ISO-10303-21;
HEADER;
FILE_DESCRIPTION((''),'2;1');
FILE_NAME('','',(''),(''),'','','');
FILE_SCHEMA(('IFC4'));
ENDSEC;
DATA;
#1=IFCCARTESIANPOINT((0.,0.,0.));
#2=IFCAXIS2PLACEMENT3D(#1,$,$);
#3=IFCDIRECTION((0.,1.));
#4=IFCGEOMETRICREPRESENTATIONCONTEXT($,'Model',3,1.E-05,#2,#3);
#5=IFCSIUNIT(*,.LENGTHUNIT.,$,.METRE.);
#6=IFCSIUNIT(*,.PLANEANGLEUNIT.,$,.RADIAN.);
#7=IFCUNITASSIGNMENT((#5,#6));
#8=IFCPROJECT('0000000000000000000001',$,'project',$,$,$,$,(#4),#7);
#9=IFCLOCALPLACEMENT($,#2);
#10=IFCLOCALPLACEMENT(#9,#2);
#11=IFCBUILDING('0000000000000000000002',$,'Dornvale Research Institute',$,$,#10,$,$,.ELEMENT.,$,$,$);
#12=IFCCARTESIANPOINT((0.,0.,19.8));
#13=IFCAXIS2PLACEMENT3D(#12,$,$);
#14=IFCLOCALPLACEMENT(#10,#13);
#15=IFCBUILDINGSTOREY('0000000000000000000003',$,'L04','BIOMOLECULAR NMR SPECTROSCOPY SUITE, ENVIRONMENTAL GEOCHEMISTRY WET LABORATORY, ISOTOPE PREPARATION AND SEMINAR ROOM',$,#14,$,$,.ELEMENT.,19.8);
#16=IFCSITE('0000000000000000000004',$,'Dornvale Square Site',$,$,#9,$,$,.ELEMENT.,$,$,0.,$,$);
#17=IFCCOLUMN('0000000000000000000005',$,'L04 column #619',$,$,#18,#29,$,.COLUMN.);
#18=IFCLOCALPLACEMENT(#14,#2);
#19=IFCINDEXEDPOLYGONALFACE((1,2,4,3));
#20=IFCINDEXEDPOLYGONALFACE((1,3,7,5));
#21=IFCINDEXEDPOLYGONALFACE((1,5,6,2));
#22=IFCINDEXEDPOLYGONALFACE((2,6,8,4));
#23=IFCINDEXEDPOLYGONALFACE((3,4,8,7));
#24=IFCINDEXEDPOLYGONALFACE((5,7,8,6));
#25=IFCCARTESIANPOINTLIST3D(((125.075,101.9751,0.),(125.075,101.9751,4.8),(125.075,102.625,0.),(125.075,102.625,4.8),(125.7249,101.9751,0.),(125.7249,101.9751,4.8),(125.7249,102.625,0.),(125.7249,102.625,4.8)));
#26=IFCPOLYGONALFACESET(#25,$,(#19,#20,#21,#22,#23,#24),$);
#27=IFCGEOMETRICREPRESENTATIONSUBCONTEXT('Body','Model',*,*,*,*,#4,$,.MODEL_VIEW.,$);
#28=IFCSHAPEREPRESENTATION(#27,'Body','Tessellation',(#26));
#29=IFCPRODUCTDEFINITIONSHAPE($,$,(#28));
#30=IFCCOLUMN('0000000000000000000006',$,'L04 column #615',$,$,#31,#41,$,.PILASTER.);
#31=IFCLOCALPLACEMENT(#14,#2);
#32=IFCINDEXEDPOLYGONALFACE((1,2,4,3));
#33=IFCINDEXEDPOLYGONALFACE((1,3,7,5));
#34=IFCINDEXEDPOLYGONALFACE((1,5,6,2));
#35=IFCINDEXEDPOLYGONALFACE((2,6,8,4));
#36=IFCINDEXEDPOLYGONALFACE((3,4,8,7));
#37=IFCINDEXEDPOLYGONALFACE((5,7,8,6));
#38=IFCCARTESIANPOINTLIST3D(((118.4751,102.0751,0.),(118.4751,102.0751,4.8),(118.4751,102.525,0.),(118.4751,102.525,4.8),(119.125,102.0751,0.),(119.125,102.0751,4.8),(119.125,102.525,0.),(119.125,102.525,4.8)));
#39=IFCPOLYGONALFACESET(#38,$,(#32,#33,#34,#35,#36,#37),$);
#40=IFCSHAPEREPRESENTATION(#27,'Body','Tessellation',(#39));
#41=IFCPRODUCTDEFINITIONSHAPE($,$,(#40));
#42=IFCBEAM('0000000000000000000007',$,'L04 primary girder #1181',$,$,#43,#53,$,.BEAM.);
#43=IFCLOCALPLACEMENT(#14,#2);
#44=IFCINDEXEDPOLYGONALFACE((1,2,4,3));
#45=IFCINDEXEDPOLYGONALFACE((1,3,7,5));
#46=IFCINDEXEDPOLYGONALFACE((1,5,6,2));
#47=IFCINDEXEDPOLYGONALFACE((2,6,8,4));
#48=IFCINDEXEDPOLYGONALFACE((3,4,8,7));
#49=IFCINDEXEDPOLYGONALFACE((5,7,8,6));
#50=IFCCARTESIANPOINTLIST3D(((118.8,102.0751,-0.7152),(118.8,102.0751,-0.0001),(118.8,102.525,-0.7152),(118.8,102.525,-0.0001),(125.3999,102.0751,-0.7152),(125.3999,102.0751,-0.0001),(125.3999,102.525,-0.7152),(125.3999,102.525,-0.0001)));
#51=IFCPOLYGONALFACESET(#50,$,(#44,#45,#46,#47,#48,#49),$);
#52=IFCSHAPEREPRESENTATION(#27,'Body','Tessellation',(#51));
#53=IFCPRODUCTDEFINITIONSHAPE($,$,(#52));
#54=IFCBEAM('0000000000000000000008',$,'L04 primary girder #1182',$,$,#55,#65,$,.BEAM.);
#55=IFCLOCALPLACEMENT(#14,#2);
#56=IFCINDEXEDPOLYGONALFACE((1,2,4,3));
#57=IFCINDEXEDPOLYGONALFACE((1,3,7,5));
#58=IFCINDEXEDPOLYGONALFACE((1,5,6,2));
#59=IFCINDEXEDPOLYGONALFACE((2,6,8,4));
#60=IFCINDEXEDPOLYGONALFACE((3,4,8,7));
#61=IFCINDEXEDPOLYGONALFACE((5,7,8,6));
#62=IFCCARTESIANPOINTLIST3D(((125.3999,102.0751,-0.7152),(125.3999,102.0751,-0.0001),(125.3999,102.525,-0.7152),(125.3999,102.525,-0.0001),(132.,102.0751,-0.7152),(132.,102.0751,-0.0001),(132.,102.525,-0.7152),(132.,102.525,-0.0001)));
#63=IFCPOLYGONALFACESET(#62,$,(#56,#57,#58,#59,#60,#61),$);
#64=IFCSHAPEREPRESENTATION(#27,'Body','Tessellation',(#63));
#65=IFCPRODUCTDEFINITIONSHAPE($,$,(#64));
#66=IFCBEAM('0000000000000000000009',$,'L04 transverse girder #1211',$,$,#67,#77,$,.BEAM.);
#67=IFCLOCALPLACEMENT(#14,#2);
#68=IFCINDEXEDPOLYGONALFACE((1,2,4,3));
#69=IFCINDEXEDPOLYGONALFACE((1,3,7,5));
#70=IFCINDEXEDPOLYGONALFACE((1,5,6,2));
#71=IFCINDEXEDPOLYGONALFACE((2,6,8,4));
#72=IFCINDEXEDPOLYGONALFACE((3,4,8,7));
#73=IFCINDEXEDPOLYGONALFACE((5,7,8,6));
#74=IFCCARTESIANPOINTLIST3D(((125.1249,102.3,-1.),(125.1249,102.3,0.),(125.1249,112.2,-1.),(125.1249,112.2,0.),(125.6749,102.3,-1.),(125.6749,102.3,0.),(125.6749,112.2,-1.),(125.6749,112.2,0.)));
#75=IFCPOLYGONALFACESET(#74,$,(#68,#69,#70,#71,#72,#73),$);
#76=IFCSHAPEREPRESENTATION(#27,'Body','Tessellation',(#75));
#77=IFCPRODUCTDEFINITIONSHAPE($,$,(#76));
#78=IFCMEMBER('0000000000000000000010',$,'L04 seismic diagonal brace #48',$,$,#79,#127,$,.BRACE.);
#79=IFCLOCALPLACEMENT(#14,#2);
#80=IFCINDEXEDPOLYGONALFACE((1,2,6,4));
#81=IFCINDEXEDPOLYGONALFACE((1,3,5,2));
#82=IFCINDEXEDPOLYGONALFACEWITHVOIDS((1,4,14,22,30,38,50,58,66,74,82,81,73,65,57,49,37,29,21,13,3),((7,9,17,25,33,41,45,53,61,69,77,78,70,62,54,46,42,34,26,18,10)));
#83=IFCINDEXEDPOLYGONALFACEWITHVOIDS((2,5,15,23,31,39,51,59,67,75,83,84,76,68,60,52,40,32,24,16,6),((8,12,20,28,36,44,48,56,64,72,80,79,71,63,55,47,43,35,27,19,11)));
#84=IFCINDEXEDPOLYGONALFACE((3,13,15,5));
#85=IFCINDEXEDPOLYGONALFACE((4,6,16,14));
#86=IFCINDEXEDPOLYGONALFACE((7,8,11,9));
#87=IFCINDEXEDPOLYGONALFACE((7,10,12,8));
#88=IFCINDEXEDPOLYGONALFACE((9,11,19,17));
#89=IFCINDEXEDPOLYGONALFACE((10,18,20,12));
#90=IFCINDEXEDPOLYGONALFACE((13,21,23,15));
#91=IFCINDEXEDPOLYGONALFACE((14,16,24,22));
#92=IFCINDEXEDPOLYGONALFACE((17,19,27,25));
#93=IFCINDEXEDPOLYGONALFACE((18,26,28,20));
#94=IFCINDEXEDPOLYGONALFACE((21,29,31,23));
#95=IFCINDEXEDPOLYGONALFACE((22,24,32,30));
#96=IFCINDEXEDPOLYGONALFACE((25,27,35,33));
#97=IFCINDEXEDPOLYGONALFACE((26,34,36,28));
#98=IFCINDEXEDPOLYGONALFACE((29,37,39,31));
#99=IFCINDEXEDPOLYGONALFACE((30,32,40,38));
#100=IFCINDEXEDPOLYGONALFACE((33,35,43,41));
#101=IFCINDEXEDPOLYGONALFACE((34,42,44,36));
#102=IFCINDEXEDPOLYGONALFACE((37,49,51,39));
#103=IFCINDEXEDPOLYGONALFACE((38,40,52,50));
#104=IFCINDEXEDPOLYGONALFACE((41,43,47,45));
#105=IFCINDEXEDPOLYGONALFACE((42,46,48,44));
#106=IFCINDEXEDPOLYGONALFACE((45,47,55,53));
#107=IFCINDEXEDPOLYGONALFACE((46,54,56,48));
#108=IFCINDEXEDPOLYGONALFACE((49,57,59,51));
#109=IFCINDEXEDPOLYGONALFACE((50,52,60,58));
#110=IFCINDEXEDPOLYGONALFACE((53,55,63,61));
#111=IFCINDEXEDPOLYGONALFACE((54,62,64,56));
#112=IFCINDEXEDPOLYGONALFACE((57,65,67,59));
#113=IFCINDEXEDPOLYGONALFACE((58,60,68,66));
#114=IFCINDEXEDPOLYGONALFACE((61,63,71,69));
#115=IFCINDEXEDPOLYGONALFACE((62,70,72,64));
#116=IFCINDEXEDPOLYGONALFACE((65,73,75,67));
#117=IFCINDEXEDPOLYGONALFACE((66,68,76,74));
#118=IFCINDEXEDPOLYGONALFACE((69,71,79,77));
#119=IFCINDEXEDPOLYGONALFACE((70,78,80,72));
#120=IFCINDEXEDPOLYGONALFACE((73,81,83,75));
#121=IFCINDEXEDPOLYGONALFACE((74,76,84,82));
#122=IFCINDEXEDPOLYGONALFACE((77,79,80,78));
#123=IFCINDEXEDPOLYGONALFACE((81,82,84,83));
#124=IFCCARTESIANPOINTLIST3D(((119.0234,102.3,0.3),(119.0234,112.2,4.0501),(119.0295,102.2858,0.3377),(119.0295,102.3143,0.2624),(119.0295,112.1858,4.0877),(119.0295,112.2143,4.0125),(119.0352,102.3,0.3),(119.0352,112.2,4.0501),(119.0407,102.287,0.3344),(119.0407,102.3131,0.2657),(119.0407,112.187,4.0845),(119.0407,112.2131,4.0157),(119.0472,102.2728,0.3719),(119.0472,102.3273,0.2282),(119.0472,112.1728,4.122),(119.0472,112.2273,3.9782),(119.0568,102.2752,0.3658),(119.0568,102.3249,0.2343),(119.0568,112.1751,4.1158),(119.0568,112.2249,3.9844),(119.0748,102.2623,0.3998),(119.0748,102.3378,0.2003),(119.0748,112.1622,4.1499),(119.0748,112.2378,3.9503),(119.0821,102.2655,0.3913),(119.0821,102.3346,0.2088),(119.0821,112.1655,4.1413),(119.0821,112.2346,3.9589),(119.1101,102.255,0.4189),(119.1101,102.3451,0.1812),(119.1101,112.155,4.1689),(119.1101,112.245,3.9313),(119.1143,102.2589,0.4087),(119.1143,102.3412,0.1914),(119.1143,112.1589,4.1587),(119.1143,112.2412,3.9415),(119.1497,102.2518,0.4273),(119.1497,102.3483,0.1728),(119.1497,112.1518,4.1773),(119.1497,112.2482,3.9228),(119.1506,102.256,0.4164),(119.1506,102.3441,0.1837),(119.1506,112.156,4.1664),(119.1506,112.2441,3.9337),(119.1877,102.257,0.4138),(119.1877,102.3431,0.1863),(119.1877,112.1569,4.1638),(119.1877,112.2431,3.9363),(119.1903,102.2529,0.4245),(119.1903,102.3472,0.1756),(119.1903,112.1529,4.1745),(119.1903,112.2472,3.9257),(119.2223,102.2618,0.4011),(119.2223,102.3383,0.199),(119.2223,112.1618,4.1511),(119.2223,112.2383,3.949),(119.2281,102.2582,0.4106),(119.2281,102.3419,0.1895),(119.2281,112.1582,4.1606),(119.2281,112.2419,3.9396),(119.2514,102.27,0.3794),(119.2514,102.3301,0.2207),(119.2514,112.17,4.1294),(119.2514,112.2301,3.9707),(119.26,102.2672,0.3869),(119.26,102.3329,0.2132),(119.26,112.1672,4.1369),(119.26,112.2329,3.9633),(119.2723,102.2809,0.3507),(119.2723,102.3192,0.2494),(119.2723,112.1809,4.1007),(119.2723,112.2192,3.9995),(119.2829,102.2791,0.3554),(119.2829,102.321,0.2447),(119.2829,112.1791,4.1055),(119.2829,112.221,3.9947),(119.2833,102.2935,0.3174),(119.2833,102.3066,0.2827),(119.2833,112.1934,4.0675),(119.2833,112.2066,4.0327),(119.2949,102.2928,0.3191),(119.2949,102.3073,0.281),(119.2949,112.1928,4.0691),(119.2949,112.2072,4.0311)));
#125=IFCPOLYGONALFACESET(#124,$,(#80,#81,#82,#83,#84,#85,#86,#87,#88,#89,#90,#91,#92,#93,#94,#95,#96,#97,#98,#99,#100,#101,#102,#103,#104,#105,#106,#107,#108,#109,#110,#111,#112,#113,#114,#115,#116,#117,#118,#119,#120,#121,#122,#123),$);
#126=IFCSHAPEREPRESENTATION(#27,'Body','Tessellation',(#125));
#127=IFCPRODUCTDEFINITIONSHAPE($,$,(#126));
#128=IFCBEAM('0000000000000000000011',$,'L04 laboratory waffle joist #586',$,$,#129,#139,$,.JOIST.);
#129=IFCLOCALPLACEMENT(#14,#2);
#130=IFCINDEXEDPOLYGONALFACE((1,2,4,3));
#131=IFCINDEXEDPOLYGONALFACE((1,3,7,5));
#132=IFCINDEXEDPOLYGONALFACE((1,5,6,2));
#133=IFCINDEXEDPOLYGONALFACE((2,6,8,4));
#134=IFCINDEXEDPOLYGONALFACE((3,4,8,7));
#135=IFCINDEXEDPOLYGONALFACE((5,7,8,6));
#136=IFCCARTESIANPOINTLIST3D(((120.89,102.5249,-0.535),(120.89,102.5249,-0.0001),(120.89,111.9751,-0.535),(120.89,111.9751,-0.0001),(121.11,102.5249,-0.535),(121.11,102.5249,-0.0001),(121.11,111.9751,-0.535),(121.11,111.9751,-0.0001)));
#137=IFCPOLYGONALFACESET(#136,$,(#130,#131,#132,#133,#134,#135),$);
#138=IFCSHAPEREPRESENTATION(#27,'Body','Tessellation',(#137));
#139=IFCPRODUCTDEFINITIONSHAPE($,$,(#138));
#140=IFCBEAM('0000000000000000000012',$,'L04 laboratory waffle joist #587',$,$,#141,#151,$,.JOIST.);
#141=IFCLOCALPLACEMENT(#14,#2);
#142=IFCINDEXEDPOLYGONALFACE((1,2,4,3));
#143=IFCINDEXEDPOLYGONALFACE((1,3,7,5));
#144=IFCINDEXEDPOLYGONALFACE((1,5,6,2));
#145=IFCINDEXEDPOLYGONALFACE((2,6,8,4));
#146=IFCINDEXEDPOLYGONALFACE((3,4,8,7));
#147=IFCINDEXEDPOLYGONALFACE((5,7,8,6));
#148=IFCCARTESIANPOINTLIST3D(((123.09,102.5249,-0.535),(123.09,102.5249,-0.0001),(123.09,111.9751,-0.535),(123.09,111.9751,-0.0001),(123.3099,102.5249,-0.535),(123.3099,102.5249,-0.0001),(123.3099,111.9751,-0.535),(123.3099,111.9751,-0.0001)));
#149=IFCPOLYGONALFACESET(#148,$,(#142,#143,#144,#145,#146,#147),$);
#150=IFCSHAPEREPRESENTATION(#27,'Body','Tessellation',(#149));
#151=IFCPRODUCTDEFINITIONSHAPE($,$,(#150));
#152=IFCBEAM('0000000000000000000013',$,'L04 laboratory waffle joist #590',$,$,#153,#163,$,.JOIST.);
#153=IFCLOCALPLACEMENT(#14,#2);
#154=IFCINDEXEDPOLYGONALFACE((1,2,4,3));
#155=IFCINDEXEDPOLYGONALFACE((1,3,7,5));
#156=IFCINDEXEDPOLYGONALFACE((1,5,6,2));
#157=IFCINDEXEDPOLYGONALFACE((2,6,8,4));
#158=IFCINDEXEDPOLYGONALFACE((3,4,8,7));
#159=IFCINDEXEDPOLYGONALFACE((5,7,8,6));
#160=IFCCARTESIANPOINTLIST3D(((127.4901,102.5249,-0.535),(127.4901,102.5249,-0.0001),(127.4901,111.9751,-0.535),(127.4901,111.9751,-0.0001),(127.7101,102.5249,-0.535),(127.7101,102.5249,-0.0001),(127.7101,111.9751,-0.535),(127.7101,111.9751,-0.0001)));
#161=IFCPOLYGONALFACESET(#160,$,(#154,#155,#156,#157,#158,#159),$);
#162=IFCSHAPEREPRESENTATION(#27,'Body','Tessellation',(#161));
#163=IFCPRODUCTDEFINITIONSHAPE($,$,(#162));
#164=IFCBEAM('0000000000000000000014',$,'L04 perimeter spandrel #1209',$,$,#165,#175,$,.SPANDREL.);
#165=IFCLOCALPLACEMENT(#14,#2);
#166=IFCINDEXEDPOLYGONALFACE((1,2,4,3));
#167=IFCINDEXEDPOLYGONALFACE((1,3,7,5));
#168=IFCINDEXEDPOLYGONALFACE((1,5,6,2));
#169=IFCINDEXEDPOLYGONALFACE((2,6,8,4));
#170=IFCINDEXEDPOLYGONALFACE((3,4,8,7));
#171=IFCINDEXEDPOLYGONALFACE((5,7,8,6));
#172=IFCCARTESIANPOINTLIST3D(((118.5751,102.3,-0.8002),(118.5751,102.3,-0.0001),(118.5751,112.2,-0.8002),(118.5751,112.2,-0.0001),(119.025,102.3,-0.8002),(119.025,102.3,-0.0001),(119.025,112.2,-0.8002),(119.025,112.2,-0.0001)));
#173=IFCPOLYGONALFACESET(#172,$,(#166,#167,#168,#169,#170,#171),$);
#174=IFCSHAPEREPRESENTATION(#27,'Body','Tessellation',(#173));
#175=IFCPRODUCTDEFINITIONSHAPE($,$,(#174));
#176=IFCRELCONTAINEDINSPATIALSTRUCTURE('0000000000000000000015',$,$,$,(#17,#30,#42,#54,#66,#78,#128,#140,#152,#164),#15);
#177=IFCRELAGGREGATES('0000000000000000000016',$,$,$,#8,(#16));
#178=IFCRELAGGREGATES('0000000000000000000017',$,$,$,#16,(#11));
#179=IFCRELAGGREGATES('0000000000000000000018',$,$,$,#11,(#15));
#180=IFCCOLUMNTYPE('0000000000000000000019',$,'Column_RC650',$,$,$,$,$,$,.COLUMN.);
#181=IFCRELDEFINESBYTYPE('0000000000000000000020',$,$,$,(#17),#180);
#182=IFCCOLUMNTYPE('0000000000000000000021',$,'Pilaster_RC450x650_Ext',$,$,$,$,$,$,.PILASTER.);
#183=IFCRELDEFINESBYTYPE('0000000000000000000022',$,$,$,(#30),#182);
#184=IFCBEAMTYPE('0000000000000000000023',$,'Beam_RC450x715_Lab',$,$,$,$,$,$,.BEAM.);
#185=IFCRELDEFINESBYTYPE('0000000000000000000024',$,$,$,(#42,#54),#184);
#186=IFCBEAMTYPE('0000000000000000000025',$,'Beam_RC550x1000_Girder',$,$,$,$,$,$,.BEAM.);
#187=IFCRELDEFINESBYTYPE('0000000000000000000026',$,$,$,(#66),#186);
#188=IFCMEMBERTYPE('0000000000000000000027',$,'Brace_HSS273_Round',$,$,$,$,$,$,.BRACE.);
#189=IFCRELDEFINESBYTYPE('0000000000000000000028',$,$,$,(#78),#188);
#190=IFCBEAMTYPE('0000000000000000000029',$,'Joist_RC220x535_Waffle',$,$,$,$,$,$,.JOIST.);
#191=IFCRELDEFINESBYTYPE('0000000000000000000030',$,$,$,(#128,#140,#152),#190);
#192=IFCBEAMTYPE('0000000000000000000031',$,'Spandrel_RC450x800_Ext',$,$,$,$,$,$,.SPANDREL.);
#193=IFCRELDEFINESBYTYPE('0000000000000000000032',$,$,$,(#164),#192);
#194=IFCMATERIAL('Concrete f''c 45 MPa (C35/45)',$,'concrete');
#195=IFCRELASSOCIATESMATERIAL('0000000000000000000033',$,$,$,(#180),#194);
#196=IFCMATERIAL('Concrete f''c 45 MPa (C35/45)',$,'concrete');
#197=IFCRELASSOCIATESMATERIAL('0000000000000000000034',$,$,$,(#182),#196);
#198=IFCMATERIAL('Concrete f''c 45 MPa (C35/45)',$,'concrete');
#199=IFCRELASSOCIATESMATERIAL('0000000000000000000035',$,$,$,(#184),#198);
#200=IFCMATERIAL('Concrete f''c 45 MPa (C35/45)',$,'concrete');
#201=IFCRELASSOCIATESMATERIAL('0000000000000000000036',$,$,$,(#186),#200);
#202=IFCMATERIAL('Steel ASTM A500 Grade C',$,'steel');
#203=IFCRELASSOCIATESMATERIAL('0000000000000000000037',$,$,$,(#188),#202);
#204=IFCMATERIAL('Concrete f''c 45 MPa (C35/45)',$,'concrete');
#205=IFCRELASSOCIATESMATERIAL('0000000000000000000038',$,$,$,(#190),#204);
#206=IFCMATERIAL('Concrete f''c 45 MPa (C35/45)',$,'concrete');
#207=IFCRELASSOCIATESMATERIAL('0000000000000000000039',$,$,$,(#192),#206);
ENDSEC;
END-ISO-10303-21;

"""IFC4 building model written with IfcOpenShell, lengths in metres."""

from ifc_helpers import new_model, si_unit, direction, frame, origin, origin_2d, place, context, subcontext, project, spatial, rectangle, hollow_circle, extrude, material, material_profile, profile_set, type_object, element, save


model = new_model("IFC4")

# Units and contexts
model_context = context("Model", 3, precision=1e-05, world=origin(), true_north=direction((0.0, 1.0)))
body_context = subcontext(model_context, "Body", "Model", "MODEL_VIEW")
ifc_project = project(units=[si_unit("LENGTHUNIT", "METRE"), si_unit("PLANEANGLEUNIT", "RADIAN")], contexts=[model_context])

# Site, building, storey
site_placement = place(None, origin())
site = spatial("IfcSite", under=ifc_project, at=site_placement, Name="Dornvale Square Site", CompositionType="ELEMENT", RefElevation=0.0)
building_placement = place(site_placement, origin())
building = spatial("IfcBuilding", under=site, at=building_placement, Name="Dornvale Research Institute", CompositionType="ELEMENT")
storey_placement = place(building_placement, frame((0.0, 0.0, 19.8)))
storey = spatial("IfcBuildingStorey", under=building, at=storey_placement, Name="L04", Description="BIOMOLECULAR NMR SPECTROSCOPY SUITE, ENVIRONMENTAL GEOCHEMISTRY WET LABORATORY, ISOTOPE PREPARATION AND SEMINAR ROOM", CompositionType="ELEMENT", Elevation=19.8)

# Columns
ifc_material_1 = material(Name="Concrete f'c 45 MPa (C35/45)", Category="concrete")
ifc_material_profile_1 = material_profile(ifc_material_1, rectangle(XDim=0.6499, YDim=0.6499, at=origin_2d()), Name="RC 650x650")
ifc_profile_set_1 = profile_set([ifc_material_profile_1], Name="Concrete f'c 45 MPa (C35/45)")
column_type_1 = type_object("IfcColumnType", Name="Column_RC650", PredefinedType="COLUMN", material=ifc_profile_set_1)
column_1_placement = place(storey_placement, frame((125.3999, 102.3, 0.0), z_axis=(0.0, 0.0, 1.0), x_axis=(1.0, 0.0, 0.0)))
element("IfcColumn", 1, at=column_1_placement, inside=storey, type_object=column_type_1, Name="L04 column #619", PredefinedType="COLUMN", context=body_context, shape_type="SweptSolid", body=[
    extrude(rectangle(XDim=0.6499, YDim=0.6499, at=origin_2d()), origin(), (0.0, 0.0, 1.0), 4.8),
])
ifc_material_2 = material(Name="Concrete f'c 45 MPa (C35/45)", Category="concrete")
ifc_material_profile_2 = material_profile(ifc_material_2, rectangle(XDim=0.45, YDim=0.6499, at=origin_2d()), Name="RC 450x650")
ifc_profile_set_2 = profile_set([ifc_material_profile_2], Name="Concrete f'c 45 MPa (C35/45)")
column_type_2 = type_object("IfcColumnType", Name="Pilaster_RC450x650_Ext", PredefinedType="PILASTER", material=ifc_profile_set_2)
column_2_placement = place(storey_placement, frame((118.8, 102.3, 0.0), z_axis=(0.0, 0.0, 1.0), x_axis=(0.0, 1.0, 0.0)))
element("IfcColumn", 2, at=column_2_placement, inside=storey, type_object=column_type_2, Name="L04 column #615", PredefinedType="PILASTER", context=body_context, shape_type="SweptSolid", body=[
    extrude(rectangle(XDim=0.45, YDim=0.6499, at=origin_2d()), origin(), (0.0, 0.0, 1.0), 4.8),
])

# Beams
ifc_material_3 = material(Name="Concrete f'c 45 MPa (C35/45)", Category="concrete")
ifc_material_profile_3 = material_profile(ifc_material_3, rectangle(XDim=0.45, YDim=0.7151, at=origin_2d()), Name="RC 450x715")
ifc_profile_set_3 = profile_set([ifc_material_profile_3], Name="Concrete f'c 45 MPa (C35/45)")
beam_type_1 = type_object("IfcBeamType", Name="Beam_RC450x715_Lab", PredefinedType="BEAM", material=ifc_profile_set_3)
beam_1_placement = place(storey_placement, frame((118.8, 102.3, -0.3577), z_axis=(1.0, 0.0, 0.0), x_axis=(0.0, 1.0, 0.0)))
element("IfcBeam", 3, at=beam_1_placement, inside=storey, type_object=beam_type_1, Name="L04 primary girder #1181", PredefinedType="BEAM", context=body_context, shape_type="SweptSolid", body=[
    extrude(rectangle(XDim=0.45, YDim=0.7151, at=origin_2d()), origin(), (0.0, 0.0, 1.0), 6.5999),
])
beam_2_placement = place(storey_placement, frame((125.3999, 102.3, -0.3577), z_axis=(1.0, 0.0, 0.0), x_axis=(0.0, 1.0, 0.0)))
element("IfcBeam", 4, at=beam_2_placement, inside=storey, type_object=beam_type_1, Name="L04 primary girder #1182", PredefinedType="BEAM", context=body_context, shape_type="SweptSolid", body=[
    extrude(rectangle(XDim=0.45, YDim=0.7151, at=origin_2d()), origin(), (0.0, 0.0, 1.0), 6.6001),
])
ifc_material_4 = material(Name="Concrete f'c 45 MPa (C35/45)", Category="concrete")
ifc_material_profile_4 = material_profile(ifc_material_4, rectangle(XDim=0.55, YDim=1.0, at=origin_2d()), Name="RC 550x1000")
ifc_profile_set_4 = profile_set([ifc_material_profile_4], Name="Concrete f'c 45 MPa (C35/45)")
beam_type_2 = type_object("IfcBeamType", Name="Beam_RC550x1000_Girder", PredefinedType="BEAM", material=ifc_profile_set_4)
beam_3_placement = place(storey_placement, frame((125.3999, 102.3, -0.5), z_axis=(0.0, 1.0, 0.0), x_axis=(-1.0, 0.0, 0.0)))
element("IfcBeam", 5, at=beam_3_placement, inside=storey, type_object=beam_type_2, Name="L04 transverse girder #1211", PredefinedType="BEAM", context=body_context, shape_type="SweptSolid", body=[
    extrude(rectangle(XDim=0.55, YDim=1.0, at=origin_2d()), origin(), (0.0, 0.0, 1.0), 9.8999),
])

# Member
ifc_material_5 = material(Name="Steel ASTM A500 Grade C", Category="steel")
ifc_material_profile_5 = material_profile(ifc_material_5, hollow_circle(Radius=0.1365, WallThickness=0.0117, at=origin_2d()), Name="HSS273X12.7")
ifc_profile_set_5 = profile_set([ifc_material_profile_5], Name="Steel ASTM A500 Grade C")
member_type = type_object("IfcMemberType", Name="Brace_HSS273_Round", PredefinedType="BRACE", material=ifc_profile_set_5)
member_placement = place(storey_placement, frame((119.1599, 102.3, 0.3), z_axis=(0.0, 0.935158, 0.35423), x_axis=(-1.0, 0.0, 0.0)))
element("IfcMember", 6, at=member_placement, inside=storey, type_object=member_type, Name="L04 seismic diagonal brace #48", PredefinedType="BRACE", context=body_context, shape_type="SweptSolid", body=[
    extrude(hollow_circle(Radius=0.1365, WallThickness=0.0117, at=origin_2d()), origin(), (0.0, 0.0, 1.0), 10.5864),
])

# Beams
ifc_material_6 = material(Name="Concrete f'c 45 MPa (C35/45)", Category="concrete")
ifc_material_profile_6 = material_profile(ifc_material_6, rectangle(XDim=0.22, YDim=0.5349, at=origin_2d()), Name="RC 220x535")
ifc_profile_set_6 = profile_set([ifc_material_profile_6], Name="Concrete f'c 45 MPa (C35/45)")
beam_type_3 = type_object("IfcBeamType", Name="Joist_RC220x535_Waffle", PredefinedType="JOIST", material=ifc_profile_set_6)
for number, where, z_axis, x_axis, name in (
    (7, (121.0, 102.5249, -0.2676), (0.0, 1.0, 0.0), (-1.0, 0.0, 0.0), "L04 laboratory waffle joist #586"),
    (8, (123.2, 102.5249, -0.2676), (0.0, 1.0, 0.0), (-1.0, 0.0, 0.0), "L04 laboratory waffle joist #587"),
    (9, (127.6001, 102.5249, -0.2676), (0.0, 1.0, 0.0), (-1.0, 0.0, 0.0), "L04 laboratory waffle joist #590"),
):
    element("IfcBeam", number, at=place(storey_placement, frame(where, z_axis=z_axis, x_axis=x_axis)), inside=storey, type_object=beam_type_3, Name=name, PredefinedType="JOIST", context=body_context, shape_type="SweptSolid", body=[
        extrude(rectangle(XDim=0.22, YDim=0.5349, at=origin_2d()), origin(), (0.0, 0.0, 1.0), 9.4502),
    ])
ifc_material_7 = material(Name="Concrete f'c 45 MPa (C35/45)", Category="concrete")
ifc_material_profile_7 = material_profile(ifc_material_7, rectangle(XDim=0.45, YDim=0.8, at=origin_2d()), Name="RC 450x800")
ifc_profile_set_7 = profile_set([ifc_material_profile_7], Name="Concrete f'c 45 MPa (C35/45)")
beam_type_4 = type_object("IfcBeamType", Name="Spandrel_RC450x800_Ext", PredefinedType="SPANDREL", material=ifc_profile_set_7)
beam_4_placement = place(storey_placement, frame((118.8, 102.3, -0.4001), z_axis=(0.0, 1.0, 0.0), x_axis=(-1.0, 0.0, 0.0)))
element("IfcBeam", 10, at=beam_4_placement, inside=storey, type_object=beam_type_4, Name="L04 perimeter spandrel #1209", PredefinedType="SPANDREL", context=body_context, shape_type="SweptSolid", body=[
    extrude(rectangle(XDim=0.45, YDim=0.8, at=origin_2d()), origin(), (0.0, 0.0, 1.0), 9.8999),
])

save(model, "model.ifc")
